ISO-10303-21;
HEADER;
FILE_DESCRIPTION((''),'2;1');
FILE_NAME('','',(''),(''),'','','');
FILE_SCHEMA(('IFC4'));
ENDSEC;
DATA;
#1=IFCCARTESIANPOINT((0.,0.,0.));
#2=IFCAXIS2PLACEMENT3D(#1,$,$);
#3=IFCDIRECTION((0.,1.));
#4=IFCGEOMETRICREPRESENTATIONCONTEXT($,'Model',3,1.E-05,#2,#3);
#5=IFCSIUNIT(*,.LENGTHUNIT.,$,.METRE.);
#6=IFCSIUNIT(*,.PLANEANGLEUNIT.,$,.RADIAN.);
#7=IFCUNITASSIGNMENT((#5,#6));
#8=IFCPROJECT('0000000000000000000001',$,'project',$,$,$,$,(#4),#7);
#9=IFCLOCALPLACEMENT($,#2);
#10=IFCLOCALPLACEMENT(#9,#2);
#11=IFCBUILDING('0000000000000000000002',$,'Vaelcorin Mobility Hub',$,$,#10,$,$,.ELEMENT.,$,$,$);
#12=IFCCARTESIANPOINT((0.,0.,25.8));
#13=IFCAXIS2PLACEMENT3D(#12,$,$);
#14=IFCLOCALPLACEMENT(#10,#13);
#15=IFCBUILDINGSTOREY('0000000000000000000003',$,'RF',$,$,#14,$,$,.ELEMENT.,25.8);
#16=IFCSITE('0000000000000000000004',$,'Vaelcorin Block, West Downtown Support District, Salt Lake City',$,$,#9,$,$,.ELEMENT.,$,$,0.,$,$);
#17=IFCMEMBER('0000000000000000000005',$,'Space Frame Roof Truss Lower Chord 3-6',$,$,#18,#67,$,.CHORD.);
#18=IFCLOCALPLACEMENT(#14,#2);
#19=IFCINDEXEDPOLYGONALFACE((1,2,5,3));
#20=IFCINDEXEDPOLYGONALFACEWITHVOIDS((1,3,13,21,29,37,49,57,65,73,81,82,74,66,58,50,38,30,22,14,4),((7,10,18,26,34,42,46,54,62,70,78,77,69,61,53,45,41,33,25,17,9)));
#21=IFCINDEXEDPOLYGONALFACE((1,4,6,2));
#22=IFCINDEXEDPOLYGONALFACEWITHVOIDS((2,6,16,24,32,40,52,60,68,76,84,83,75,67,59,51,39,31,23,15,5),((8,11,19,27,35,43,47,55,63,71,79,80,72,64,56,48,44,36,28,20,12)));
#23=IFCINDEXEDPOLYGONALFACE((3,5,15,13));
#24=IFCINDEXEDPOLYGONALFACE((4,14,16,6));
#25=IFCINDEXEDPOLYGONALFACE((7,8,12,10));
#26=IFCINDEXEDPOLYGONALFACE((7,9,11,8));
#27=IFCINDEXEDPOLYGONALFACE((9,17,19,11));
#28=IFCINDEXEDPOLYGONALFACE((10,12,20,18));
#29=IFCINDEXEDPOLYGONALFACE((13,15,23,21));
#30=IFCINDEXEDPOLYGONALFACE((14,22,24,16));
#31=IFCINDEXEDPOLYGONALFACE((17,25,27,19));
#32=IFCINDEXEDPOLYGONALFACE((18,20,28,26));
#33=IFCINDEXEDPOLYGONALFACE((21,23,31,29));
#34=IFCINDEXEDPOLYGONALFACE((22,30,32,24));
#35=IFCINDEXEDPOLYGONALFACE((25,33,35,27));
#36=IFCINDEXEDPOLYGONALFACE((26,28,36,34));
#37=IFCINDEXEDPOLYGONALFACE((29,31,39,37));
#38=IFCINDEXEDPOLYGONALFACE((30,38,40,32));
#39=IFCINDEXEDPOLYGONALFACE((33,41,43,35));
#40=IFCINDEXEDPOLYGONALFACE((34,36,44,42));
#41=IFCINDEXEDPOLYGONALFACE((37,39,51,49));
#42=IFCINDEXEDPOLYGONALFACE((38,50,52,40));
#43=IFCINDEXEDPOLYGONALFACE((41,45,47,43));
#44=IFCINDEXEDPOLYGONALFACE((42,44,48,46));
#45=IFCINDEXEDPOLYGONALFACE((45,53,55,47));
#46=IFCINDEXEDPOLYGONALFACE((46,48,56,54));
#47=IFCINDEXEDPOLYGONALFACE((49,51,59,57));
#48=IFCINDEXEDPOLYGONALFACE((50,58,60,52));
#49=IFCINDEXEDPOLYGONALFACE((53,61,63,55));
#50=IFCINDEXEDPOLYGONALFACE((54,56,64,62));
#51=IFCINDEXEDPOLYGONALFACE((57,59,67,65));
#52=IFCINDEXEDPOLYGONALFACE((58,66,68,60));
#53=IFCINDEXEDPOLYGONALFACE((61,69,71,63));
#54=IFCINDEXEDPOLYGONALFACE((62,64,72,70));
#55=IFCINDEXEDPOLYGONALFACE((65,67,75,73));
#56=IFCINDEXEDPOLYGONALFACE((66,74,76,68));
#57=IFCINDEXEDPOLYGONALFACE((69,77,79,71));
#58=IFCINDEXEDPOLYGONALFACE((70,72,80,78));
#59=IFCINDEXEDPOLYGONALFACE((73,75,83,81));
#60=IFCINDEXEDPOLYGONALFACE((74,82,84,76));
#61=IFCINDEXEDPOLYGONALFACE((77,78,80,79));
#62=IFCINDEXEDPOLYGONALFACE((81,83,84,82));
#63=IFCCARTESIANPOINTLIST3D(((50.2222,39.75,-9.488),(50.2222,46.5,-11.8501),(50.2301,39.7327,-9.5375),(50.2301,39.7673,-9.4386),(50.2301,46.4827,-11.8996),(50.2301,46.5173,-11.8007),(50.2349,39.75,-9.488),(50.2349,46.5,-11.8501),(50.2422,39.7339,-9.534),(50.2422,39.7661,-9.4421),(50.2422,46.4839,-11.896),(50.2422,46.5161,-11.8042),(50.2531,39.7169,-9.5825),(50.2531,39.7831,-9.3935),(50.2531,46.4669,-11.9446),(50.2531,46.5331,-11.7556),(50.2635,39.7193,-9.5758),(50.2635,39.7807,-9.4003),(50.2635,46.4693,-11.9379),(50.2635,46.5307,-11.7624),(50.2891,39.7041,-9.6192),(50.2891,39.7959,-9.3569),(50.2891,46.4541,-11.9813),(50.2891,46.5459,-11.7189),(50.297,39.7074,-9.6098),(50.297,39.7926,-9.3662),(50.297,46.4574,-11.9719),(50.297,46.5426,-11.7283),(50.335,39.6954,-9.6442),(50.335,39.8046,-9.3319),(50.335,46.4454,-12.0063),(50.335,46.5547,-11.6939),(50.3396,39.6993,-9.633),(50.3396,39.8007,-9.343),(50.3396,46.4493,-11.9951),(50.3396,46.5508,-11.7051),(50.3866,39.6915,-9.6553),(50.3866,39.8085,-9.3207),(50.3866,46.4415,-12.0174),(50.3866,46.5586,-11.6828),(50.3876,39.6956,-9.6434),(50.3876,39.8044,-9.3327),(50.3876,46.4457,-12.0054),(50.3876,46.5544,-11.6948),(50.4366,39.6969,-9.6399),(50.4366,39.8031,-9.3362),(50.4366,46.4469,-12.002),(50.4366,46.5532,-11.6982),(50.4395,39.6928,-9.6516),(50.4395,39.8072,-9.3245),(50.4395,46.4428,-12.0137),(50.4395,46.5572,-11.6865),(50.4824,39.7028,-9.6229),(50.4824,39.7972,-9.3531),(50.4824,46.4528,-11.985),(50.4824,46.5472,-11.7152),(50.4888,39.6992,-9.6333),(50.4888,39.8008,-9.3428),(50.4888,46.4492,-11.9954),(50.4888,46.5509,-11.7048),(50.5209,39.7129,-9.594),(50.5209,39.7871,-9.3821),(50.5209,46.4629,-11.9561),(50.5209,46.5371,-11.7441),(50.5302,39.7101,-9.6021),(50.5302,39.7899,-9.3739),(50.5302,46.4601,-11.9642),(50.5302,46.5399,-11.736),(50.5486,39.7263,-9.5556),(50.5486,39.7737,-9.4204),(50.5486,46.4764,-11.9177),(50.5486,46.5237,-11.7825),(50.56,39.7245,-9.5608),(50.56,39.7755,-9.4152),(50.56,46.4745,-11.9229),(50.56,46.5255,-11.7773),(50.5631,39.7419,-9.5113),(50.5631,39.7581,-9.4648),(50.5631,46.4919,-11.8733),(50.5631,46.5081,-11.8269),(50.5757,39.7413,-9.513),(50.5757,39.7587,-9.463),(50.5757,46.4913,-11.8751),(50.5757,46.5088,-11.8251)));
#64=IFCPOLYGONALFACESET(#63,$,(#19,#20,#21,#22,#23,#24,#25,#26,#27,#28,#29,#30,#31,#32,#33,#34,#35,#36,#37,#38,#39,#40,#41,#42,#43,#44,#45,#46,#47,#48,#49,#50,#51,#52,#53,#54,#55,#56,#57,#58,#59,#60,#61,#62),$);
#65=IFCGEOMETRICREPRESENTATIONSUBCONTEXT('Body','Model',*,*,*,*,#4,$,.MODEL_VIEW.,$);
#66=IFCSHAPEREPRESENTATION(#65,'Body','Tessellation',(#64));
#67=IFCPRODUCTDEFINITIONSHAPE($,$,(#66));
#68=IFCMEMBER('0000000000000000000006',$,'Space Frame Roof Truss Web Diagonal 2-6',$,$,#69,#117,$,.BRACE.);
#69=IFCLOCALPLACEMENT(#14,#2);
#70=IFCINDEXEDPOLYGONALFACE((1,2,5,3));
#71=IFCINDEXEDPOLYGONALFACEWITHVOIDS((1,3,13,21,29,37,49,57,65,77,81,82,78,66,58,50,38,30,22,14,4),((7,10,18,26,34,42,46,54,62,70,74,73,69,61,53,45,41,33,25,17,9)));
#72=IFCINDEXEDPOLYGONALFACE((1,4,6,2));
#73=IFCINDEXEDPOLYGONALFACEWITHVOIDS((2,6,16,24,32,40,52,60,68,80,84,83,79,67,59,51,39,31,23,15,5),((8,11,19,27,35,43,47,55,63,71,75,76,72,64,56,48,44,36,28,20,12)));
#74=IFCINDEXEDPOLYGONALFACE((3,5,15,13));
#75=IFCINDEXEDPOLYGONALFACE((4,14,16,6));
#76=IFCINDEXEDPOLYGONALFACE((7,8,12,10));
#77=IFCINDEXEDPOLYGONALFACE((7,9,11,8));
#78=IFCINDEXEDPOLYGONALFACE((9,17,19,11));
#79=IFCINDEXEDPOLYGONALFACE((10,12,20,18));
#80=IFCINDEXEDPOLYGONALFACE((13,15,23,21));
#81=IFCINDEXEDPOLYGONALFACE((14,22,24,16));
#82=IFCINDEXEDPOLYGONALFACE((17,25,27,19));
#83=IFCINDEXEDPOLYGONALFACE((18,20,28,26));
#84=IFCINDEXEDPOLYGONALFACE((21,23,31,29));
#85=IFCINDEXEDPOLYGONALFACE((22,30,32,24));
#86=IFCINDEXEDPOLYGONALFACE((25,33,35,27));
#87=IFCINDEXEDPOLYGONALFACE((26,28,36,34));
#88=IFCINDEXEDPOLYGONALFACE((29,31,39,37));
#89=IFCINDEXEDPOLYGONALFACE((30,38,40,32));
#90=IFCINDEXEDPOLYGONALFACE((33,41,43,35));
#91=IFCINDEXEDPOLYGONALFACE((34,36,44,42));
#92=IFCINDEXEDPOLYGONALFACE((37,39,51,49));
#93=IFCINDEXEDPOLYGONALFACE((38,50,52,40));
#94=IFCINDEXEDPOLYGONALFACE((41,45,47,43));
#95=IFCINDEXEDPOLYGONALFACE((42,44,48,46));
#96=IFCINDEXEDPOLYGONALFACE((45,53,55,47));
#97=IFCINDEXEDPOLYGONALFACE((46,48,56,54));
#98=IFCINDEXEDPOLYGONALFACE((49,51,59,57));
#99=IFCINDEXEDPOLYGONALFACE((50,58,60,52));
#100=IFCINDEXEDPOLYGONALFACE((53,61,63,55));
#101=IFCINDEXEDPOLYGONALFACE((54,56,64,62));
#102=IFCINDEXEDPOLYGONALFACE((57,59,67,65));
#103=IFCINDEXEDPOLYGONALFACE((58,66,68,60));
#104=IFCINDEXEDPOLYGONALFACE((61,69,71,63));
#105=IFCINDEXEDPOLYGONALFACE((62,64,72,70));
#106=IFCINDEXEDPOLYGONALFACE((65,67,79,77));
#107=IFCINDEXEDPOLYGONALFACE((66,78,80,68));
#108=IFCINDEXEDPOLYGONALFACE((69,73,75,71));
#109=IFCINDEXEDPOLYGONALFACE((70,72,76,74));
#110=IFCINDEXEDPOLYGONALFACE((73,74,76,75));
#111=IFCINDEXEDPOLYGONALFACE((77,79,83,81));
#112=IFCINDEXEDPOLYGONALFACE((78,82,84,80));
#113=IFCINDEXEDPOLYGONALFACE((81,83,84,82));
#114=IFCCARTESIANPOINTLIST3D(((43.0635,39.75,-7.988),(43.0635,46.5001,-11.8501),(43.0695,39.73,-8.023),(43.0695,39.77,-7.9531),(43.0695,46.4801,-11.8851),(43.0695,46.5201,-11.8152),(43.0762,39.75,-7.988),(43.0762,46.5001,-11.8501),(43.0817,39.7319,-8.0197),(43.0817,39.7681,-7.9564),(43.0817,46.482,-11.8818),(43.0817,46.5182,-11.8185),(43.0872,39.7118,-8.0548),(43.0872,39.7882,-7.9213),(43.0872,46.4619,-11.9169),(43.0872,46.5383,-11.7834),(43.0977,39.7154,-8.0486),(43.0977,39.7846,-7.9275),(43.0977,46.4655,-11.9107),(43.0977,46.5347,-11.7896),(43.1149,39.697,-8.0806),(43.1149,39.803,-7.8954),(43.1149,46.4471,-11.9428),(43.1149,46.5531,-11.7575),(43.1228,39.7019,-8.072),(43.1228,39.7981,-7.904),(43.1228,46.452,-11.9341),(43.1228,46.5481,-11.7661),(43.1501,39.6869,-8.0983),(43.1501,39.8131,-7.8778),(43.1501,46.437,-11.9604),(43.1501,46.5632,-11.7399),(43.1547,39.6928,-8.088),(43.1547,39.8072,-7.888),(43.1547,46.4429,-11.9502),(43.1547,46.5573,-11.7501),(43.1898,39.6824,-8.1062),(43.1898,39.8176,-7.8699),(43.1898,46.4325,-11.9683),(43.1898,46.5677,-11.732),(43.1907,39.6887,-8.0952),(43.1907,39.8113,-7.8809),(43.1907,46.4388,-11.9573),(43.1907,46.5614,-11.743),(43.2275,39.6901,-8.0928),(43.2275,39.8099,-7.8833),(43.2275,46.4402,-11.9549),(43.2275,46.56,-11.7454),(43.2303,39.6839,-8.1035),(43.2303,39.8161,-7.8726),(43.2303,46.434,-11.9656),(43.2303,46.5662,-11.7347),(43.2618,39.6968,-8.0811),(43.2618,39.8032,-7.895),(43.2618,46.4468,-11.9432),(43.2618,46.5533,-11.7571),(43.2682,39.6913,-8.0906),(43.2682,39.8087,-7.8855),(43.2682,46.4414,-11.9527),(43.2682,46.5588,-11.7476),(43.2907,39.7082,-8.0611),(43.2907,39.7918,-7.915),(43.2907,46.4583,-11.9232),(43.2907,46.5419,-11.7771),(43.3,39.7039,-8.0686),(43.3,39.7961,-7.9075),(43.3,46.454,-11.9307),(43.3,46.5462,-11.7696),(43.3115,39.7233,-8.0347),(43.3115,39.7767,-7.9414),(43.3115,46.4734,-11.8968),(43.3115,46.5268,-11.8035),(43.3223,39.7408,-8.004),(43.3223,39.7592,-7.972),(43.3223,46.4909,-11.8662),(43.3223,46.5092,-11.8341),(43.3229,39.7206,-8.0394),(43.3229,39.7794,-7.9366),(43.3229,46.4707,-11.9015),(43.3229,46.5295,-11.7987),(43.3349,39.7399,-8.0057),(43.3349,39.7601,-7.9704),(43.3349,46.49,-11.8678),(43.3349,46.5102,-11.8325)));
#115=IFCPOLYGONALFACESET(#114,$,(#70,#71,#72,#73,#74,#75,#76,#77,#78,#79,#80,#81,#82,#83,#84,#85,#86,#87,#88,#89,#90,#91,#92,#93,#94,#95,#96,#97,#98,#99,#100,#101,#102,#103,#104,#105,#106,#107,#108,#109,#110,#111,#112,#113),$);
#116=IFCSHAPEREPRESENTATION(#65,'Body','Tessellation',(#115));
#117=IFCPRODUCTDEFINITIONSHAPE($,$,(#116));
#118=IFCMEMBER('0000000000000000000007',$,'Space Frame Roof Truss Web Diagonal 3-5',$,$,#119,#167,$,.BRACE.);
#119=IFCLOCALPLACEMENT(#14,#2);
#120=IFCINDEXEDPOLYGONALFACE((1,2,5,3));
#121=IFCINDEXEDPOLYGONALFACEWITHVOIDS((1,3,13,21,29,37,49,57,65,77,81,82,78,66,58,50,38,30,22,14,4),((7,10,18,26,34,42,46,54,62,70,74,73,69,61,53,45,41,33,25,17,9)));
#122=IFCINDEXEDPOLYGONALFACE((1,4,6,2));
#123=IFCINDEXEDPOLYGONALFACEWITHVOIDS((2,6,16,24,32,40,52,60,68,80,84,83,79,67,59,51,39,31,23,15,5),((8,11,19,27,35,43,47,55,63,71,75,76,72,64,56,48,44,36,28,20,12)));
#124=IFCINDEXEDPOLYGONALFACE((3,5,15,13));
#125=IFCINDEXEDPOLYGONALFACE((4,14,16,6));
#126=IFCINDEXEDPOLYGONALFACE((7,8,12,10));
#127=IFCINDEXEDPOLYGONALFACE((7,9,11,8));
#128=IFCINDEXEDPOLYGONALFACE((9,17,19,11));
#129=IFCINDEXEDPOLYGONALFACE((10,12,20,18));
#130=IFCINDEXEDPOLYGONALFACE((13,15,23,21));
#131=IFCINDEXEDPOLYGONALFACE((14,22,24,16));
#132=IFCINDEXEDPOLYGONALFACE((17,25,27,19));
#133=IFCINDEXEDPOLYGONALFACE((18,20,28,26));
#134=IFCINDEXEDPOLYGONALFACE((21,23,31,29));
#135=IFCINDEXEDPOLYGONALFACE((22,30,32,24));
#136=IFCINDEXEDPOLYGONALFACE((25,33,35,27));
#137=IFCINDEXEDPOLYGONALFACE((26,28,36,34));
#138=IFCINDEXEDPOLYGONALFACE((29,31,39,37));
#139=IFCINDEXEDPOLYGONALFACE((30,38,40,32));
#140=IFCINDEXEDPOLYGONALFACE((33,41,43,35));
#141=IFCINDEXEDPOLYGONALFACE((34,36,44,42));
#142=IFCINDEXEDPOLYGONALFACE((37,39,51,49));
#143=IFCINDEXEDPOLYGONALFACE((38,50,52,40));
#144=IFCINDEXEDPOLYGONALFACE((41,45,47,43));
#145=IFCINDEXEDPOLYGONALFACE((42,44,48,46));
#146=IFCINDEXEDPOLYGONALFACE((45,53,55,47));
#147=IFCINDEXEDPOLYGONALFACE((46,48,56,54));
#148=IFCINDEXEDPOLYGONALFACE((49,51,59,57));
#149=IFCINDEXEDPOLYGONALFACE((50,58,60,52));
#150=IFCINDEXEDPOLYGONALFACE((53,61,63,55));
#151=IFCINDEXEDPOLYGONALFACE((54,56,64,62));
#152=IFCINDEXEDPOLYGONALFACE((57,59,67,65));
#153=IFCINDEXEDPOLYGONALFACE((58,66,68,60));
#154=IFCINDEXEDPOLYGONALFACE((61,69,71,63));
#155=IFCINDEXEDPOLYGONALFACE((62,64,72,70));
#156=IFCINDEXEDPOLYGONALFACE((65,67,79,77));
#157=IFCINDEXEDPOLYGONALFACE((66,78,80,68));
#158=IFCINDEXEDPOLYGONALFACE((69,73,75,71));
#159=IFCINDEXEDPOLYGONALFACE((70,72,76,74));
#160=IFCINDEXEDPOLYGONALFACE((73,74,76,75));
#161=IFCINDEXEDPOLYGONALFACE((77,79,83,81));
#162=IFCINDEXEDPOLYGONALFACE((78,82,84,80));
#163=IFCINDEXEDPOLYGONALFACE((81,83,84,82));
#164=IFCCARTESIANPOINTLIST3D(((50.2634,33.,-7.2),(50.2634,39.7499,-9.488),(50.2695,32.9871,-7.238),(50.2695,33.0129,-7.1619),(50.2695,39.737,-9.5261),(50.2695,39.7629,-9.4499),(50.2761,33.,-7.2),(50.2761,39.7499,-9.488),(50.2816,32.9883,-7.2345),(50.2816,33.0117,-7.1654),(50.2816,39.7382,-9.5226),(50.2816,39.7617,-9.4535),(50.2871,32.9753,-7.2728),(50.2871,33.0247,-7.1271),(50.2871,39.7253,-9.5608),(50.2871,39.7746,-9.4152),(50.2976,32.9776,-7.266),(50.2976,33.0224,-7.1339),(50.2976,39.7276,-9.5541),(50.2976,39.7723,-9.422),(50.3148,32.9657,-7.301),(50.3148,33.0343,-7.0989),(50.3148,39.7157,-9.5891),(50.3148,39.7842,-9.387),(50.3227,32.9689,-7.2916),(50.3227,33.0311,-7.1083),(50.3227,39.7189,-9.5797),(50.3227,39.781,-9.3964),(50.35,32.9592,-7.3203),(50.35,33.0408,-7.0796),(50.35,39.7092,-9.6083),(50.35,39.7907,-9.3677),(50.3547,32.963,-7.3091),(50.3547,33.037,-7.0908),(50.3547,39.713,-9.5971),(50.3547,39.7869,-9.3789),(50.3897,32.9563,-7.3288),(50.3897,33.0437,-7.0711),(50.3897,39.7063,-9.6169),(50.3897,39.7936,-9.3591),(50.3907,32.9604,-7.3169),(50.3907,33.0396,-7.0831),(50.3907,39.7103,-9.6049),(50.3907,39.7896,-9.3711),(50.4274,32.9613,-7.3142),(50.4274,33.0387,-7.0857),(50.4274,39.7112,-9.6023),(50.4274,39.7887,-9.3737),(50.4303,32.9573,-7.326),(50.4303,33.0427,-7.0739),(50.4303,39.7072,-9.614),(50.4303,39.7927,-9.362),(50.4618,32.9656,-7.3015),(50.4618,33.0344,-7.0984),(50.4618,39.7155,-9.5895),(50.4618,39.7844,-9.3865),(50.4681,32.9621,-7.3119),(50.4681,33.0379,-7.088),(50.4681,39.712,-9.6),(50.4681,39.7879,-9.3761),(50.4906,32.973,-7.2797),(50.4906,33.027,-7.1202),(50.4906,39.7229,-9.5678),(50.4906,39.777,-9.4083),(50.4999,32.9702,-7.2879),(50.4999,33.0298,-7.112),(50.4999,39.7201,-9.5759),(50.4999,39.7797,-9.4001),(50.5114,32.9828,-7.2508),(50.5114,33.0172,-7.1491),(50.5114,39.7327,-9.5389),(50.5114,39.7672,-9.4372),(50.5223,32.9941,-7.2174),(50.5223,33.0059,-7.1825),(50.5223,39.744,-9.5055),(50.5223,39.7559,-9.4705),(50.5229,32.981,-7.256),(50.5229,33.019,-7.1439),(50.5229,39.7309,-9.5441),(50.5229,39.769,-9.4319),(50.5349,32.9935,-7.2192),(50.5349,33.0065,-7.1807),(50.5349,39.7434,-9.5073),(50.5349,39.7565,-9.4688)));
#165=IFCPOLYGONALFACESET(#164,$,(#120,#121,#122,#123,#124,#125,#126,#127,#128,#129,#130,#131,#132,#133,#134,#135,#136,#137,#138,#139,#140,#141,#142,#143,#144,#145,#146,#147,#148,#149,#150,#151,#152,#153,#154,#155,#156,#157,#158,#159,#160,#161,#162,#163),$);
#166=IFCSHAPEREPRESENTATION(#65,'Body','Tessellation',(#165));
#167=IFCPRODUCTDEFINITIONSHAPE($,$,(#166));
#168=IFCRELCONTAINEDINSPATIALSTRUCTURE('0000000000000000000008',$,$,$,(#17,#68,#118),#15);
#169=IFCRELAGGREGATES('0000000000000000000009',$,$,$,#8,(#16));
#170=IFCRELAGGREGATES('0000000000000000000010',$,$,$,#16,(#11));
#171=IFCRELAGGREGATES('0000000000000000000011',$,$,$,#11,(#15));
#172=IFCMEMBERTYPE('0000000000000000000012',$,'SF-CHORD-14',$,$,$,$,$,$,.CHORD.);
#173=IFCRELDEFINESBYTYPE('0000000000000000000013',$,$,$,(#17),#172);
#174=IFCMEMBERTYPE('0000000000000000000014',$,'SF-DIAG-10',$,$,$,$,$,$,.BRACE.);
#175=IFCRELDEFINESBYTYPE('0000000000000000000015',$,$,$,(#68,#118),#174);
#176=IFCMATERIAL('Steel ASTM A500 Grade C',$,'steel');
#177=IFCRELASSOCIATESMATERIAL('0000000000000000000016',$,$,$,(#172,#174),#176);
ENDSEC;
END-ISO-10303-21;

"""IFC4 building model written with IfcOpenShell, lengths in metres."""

from ifc_helpers import new_model, si_unit, direction, frame, origin, origin_2d, place, context, subcontext, project, spatial, hollow_circle, extrude, material, material_profile, profile_set, type_object, element, save


model = new_model("IFC4")

# Units and contexts
model_context = context("Model", 3, precision=1e-05, world=origin(), true_north=direction((0.0, 1.0)))
body_context = subcontext(model_context, "Body", "Model", "MODEL_VIEW")
ifc_project = project(units=[si_unit("LENGTHUNIT", "METRE"), si_unit("PLANEANGLEUNIT", "RADIAN")], contexts=[model_context])

# Site, building, storey
site_placement = place(None, origin())
site = spatial("IfcSite", under=ifc_project, at=site_placement, Name="Vaelcorin Block, West Downtown Support District, Salt Lake City", CompositionType="ELEMENT", RefElevation=0.0)
building_placement = place(site_placement, origin())
building = spatial("IfcBuilding", under=site, at=building_placement, Name="Vaelcorin Mobility Hub", CompositionType="ELEMENT")
storey_placement = place(building_placement, frame((0.0, 0.0, 25.8)))
storey = spatial("IfcBuildingStorey", under=building, at=storey_placement, Name="RF", CompositionType="ELEMENT", Elevation=25.8)

# Members
ifc_material_1 = material(Name="Steel ASTM A500 Grade C", Category="steel")
ifc_material_profile_1 = material_profile(ifc_material_1, hollow_circle(Radius=0.1777, WallThickness=0.0127, at=origin_2d()), Name="HSS14.000X0.500")
ifc_profile_set_1 = profile_set([ifc_material_profile_1], Name="Steel ASTM A500 Grade C")
member_type_1 = type_object("IfcMemberType", Name="SF-CHORD-14", PredefinedType="CHORD", material=ifc_profile_set_1)
member_1_placement = place(storey_placement, frame((50.3999, 39.75, -9.488), z_axis=(0.0, 0.943878, -0.330296), x_axis=(-1.0, 0.0, 0.0)))
element("IfcMember", 1, at=member_1_placement, inside=storey, type_object=member_type_1, Name="Space Frame Roof Truss Lower Chord 3-6", PredefinedType="CHORD", context=body_context, shape_type="SweptSolid", body=[
    extrude(hollow_circle(Radius=0.1777, WallThickness=0.0127, at=origin_2d()), origin(), (0.0, 0.0, 1.0), 7.1514),
])
ifc_material_profile_2 = material_profile(ifc_material_1, hollow_circle(Radius=0.1365, WallThickness=0.0127, at=origin_2d()), Name="HSS10.750X0.500")
ifc_profile_set_2 = profile_set([ifc_material_profile_2], Name="Steel ASTM A500 Grade C")
member_type_2 = type_object("IfcMemberType", Name="SF-DIAG-10", PredefinedType="BRACE", material=ifc_profile_set_2)
member_2_placement = place(storey_placement, frame((43.2, 39.75, -7.988), z_axis=(0.0, 0.867971, -0.496616), x_axis=(-1.0, 0.0, 0.0)))
element("IfcMember", 2, at=member_2_placement, inside=storey, type_object=member_type_2, Name="Space Frame Roof Truss Web Diagonal 2-6", PredefinedType="BRACE", context=body_context, shape_type="SweptSolid", body=[
    extrude(hollow_circle(Radius=0.1365, WallThickness=0.0127, at=origin_2d()), origin(), (0.0, 0.0, 1.0), 7.7769),
])
member_3_placement = place(storey_placement, frame((50.3999, 33.0, -7.2), z_axis=(0.0, 0.947068, -0.321033), x_axis=(-1.0, 0.0, 0.0)))
element("IfcMember", 3, at=member_3_placement, inside=storey, type_object=member_type_2, Name="Space Frame Roof Truss Web Diagonal 3-5", PredefinedType="BRACE", context=body_context, shape_type="SweptSolid", body=[
    extrude(hollow_circle(Radius=0.1365, WallThickness=0.0127, at=origin_2d()), origin(), (0.0, 0.0, 1.0), 7.1272),
])

save(model, "model.ifc")
